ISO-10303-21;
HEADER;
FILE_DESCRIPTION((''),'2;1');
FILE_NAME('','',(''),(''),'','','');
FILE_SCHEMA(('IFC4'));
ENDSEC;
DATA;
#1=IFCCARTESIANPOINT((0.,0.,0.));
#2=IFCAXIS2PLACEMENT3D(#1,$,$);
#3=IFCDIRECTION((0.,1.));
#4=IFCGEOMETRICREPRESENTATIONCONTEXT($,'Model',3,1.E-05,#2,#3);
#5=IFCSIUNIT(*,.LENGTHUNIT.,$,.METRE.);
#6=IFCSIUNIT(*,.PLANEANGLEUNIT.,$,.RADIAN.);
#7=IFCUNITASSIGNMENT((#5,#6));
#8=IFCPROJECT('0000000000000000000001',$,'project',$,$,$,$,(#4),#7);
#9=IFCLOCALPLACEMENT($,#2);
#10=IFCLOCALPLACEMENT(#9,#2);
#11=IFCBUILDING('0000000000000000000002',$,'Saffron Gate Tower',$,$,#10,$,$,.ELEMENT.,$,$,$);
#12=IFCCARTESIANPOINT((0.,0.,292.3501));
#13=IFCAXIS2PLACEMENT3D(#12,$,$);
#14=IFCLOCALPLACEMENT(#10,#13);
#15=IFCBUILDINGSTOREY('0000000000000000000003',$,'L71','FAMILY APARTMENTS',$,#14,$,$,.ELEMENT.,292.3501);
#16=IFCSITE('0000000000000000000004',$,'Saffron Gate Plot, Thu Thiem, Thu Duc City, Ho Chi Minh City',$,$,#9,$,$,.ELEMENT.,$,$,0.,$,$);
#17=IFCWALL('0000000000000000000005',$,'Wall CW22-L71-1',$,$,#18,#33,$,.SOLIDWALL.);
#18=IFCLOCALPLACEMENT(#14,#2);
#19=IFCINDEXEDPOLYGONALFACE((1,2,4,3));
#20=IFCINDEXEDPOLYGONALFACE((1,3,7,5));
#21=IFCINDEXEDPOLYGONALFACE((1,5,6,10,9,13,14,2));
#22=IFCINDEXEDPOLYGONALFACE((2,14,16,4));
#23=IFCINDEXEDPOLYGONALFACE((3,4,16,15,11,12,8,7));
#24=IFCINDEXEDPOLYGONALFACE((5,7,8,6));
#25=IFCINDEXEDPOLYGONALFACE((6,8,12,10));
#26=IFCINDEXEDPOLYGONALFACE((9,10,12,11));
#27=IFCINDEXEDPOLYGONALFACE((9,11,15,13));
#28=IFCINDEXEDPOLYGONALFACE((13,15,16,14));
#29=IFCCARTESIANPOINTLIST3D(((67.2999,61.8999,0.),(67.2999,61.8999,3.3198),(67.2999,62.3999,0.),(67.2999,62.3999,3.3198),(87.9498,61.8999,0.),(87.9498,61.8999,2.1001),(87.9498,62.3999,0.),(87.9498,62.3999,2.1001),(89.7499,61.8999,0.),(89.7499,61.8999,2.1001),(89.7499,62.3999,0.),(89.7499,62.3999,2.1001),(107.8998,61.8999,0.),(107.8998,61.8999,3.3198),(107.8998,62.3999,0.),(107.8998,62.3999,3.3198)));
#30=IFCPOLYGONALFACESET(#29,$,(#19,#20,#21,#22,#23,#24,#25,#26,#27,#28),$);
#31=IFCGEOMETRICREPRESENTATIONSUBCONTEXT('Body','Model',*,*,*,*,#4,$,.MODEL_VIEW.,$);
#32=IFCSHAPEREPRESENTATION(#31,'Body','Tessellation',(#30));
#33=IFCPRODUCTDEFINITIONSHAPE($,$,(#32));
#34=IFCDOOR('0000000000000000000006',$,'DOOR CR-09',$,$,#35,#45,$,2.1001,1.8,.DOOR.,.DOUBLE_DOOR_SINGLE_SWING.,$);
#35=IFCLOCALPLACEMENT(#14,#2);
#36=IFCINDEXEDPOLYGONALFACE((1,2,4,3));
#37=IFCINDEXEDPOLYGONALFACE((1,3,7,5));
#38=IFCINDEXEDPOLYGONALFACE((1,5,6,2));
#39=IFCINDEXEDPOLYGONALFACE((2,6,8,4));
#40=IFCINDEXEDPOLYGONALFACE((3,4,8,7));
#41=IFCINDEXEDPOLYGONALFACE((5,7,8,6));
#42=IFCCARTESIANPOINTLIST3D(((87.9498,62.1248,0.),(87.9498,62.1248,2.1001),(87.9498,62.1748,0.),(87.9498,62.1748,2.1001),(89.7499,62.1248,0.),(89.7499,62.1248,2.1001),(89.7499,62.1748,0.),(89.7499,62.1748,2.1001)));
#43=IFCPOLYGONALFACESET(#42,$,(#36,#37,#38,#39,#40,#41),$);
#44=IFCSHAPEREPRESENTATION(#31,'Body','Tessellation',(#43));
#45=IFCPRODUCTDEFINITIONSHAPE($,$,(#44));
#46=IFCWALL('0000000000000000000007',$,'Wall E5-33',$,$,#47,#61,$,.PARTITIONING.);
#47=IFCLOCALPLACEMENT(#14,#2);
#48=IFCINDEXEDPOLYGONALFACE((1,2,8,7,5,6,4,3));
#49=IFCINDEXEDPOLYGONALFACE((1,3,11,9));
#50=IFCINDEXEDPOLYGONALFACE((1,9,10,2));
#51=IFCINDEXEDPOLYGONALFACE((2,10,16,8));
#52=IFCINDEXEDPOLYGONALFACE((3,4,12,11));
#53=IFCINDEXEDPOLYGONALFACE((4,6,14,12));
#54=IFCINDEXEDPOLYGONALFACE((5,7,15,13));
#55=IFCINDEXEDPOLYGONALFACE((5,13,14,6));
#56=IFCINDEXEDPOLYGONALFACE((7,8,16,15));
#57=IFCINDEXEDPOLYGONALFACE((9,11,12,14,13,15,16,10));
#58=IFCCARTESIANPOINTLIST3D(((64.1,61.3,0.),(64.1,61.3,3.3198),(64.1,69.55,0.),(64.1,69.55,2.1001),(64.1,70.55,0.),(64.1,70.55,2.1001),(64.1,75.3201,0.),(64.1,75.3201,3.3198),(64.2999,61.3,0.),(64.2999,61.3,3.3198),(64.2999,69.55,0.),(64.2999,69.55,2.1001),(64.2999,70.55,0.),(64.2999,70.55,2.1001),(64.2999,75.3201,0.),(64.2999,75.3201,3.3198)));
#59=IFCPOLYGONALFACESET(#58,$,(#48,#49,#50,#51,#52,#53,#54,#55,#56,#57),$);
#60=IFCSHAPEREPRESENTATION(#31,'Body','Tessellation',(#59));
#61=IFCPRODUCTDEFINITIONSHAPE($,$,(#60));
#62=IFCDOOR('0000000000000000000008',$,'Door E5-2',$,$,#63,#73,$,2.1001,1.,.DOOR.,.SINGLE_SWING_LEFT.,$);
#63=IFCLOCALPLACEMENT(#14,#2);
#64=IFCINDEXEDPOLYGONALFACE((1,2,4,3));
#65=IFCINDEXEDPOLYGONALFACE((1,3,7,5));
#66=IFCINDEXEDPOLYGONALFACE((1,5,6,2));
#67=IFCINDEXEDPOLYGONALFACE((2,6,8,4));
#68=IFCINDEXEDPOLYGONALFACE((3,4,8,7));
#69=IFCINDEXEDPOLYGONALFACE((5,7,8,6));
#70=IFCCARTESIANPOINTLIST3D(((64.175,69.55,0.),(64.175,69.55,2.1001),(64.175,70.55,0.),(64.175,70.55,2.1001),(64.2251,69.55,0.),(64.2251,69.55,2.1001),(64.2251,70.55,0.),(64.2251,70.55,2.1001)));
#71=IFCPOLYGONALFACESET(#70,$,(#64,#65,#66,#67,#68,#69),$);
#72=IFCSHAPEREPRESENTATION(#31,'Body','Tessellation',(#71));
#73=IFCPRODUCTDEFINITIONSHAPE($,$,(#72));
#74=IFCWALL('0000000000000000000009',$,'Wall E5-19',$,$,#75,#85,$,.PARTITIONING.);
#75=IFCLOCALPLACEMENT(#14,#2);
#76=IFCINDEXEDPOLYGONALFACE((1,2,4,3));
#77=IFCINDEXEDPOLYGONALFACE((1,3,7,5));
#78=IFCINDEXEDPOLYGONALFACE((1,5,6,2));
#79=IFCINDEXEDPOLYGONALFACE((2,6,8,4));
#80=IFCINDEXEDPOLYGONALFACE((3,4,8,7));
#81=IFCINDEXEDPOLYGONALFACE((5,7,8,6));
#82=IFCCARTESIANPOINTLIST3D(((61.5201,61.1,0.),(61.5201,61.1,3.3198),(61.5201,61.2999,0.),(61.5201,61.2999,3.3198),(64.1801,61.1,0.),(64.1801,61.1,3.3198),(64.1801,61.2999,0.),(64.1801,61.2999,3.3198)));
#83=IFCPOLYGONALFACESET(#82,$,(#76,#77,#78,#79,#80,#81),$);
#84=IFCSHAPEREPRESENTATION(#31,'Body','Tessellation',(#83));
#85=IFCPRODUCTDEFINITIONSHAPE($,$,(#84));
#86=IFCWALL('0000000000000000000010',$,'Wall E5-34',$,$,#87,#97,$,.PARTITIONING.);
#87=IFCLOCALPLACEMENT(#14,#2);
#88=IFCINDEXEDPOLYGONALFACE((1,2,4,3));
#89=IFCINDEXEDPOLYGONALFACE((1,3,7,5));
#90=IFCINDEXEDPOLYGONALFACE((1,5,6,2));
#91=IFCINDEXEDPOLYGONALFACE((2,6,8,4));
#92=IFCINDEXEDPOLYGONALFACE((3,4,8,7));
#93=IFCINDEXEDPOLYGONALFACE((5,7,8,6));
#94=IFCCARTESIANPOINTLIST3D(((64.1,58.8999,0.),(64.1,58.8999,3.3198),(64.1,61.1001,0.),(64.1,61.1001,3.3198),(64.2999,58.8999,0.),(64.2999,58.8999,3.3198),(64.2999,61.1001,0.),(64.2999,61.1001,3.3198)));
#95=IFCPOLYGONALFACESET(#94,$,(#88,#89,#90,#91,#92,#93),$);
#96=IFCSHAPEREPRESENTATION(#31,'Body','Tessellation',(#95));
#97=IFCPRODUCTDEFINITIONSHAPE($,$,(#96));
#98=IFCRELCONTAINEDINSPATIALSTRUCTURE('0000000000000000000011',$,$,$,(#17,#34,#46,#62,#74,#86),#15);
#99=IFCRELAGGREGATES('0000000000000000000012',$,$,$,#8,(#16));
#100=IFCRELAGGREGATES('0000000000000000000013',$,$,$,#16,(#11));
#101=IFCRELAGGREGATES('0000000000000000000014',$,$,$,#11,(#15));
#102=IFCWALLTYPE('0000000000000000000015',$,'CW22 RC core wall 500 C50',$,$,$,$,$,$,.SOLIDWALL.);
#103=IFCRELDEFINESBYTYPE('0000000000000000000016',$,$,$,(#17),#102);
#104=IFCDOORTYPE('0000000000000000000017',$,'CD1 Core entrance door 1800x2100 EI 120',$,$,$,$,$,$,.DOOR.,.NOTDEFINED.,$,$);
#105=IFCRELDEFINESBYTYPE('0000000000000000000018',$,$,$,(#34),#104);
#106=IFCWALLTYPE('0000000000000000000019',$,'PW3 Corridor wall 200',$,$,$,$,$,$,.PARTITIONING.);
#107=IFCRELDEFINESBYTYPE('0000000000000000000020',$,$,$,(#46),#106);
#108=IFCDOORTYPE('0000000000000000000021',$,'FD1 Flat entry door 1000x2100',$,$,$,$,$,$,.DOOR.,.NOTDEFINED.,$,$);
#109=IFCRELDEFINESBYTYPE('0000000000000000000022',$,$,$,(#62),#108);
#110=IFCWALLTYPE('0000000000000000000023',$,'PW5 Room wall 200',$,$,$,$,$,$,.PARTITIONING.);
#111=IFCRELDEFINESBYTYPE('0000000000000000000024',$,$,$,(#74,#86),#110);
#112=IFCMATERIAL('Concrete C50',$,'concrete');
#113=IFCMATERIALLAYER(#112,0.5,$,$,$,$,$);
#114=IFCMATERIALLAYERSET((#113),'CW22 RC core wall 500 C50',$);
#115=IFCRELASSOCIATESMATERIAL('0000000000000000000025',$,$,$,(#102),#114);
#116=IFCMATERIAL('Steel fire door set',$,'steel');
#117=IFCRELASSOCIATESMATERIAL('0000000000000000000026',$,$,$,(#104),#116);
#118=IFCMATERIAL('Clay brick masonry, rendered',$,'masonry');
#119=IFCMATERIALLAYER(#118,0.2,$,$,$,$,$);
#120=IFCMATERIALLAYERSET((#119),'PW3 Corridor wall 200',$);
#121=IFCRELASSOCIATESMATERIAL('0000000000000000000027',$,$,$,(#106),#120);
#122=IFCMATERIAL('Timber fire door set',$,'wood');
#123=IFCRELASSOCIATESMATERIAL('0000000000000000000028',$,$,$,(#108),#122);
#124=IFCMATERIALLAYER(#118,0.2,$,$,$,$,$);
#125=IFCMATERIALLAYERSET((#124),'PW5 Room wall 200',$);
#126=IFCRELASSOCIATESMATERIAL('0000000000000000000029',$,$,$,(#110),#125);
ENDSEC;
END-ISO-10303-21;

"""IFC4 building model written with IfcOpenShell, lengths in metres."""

from ifc_helpers import new_model, si_unit, direction, frame, frame_2d, origin, place, context, subcontext, project, spatial, rectangle, extrude, material, layer, layer_set, type_object, element, fill, save


model = new_model("IFC4")

# Units and contexts
model_context = context("Model", 3, precision=1e-05, world=origin(), true_north=direction((0.0, 1.0)))
body_context = subcontext(model_context, "Body", "Model", "MODEL_VIEW")
ifc_project = project(units=[si_unit("LENGTHUNIT", "METRE"), si_unit("PLANEANGLEUNIT", "RADIAN")], contexts=[model_context])

# Site, building, storey
site_placement = place(None, origin())
site = spatial("IfcSite", under=ifc_project, at=site_placement, Name="Saffron Gate Plot, Thu Thiem, Thu Duc City, Ho Chi Minh City", CompositionType="ELEMENT", RefElevation=0.0)
building_placement = place(site_placement, origin())
building = spatial("IfcBuilding", under=site, at=building_placement, Name="Saffron Gate Tower", CompositionType="ELEMENT")
storey_placement = place(building_placement, frame((0.0, 0.0, 292.3501)))
storey = spatial("IfcBuildingStorey", under=building, at=storey_placement, Name="L71", Description="FAMILY APARTMENTS", CompositionType="ELEMENT", Elevation=292.3501)

# Walls, openings, doors
ifc_material_1 = material(Name="Concrete C50", Category="concrete")
ifc_layer_1 = layer(ifc_material_1, 0.5)
ifc_layer_set_1 = layer_set([ifc_layer_1], Name="CW22 RC core wall 500 C50")
wall_type_1 = type_object("IfcWallType", Name="CW22 RC core wall 500 C50", PredefinedType="SOLIDWALL", material=ifc_layer_set_1)
wall_1_placement = place(storey_placement, frame((67.3, 62.1499, 0.0), z_axis=(0.0, 0.0, 1.0), x_axis=(1.0, 0.0, 0.0)))
wall_1 = element("IfcWall", 1, at=wall_1_placement, inside=storey, type_object=wall_type_1, Name="Wall CW22-L71-1", PredefinedType="SOLIDWALL", context=body_context, shape_type="SweptSolid", body=[
    extrude(rectangle(XDim=40.5999, YDim=0.5, at=frame_2d((20.2998, 0.0))), origin(), (0.0, 0.0, 1.0), 3.3198),
])
opening_1_placement = place(wall_1_placement, frame((20.6499, 0.0, 0.0)))
opening_1 = element("IfcOpeningElement", 2, at=opening_1_placement, cuts=wall_1, PredefinedType="OPENING", context=body_context, shape_type="SweptSolid", body=[
    extrude(rectangle(XDim=1.8, YDim=2.1001, at=frame_2d((0.8999, 1.05))), frame((0.0, 0.26, 0.0), z_axis=(0.0, -1.0, 0.0), x_axis=(1.0, 0.0, 0.0)), (0.0, 0.0, 1.0), 0.52),
])
ifc_material_2 = material(Name="Steel fire door set", Category="steel")
door_type_1 = type_object("IfcDoorType", Name="CD1 Core entrance door 1800x2100 EI 120", OperationType="NOTDEFINED", PredefinedType="DOOR", material=ifc_material_2)
door_1_placement = place(opening_1_placement, origin())
door_1 = element("IfcDoor", 3, at=door_1_placement, inside=storey, type_object=door_type_1, Name="DOOR CR-09", OperationType="DOUBLE_DOOR_SINGLE_SWING", OverallHeight=2.1001, OverallWidth=1.8, PredefinedType="DOOR", context=body_context, shape_type="SweptSolid", body=[
    extrude(rectangle(XDim=1.8, YDim=2.1001, at=frame_2d((0.8999, 1.05))), frame((0.0, 0.0249, 0.0), z_axis=(0.0, -1.0, 0.0), x_axis=(1.0, 0.0, 0.0)), (0.0, 0.0, 1.0), 0.05),
])
fill(opening_1, door_1)
ifc_material_3 = material(Name="Clay brick masonry, rendered", Category="masonry")
ifc_layer_2 = layer(ifc_material_3, 0.2)
ifc_layer_set_2 = layer_set([ifc_layer_2], Name="PW3 Corridor wall 200")
wall_type_2 = type_object("IfcWallType", Name="PW3 Corridor wall 200", PredefinedType="PARTITIONING", material=ifc_layer_set_2)
wall_2_placement = place(storey_placement, frame((64.2, 61.3, 0.0), z_axis=(0.0, 0.0, 1.0), x_axis=(0.0, 1.0, 0.0)))
wall_2 = element("IfcWall", 4, at=wall_2_placement, inside=storey, type_object=wall_type_2, Name="Wall E5-33", PredefinedType="PARTITIONING", context=body_context, shape_type="SweptSolid", body=[
    extrude(rectangle(XDim=14.02, YDim=0.2, at=frame_2d((7.01, 0.0))), origin(), (0.0, 0.0, 1.0), 3.3198),
])
opening_2_placement = place(wall_2_placement, frame((8.25, 0.0, 0.0)))
opening_2 = element("IfcOpeningElement", 5, at=opening_2_placement, cuts=wall_2, PredefinedType="OPENING", context=body_context, shape_type="SweptSolid", body=[
    extrude(rectangle(XDim=1.0, YDim=2.1001, at=frame_2d((0.5, 1.05))), frame((0.0, 0.1099, 0.0), z_axis=(0.0, -1.0, 0.0), x_axis=(1.0, 0.0, 0.0)), (0.0, 0.0, 1.0), 0.22),
])
ifc_material_4 = material(Name="Timber fire door set", Category="wood")
door_type_2 = type_object("IfcDoorType", Name="FD1 Flat entry door 1000x2100", OperationType="NOTDEFINED", PredefinedType="DOOR", material=ifc_material_4)
door_2_placement = place(opening_2_placement, origin())
door_2 = element("IfcDoor", 6, at=door_2_placement, inside=storey, type_object=door_type_2, Name="Door E5-2", OperationType="SINGLE_SWING_LEFT", OverallHeight=2.1001, OverallWidth=1.0, PredefinedType="DOOR", context=body_context, shape_type="SweptSolid", body=[
    extrude(rectangle(XDim=1.0, YDim=2.1001, at=frame_2d((0.5, 1.05))), frame((0.0, 0.0249, 0.0), z_axis=(0.0, -1.0, 0.0), x_axis=(1.0, 0.0, 0.0)), (0.0, 0.0, 1.0), 0.05),
])
fill(opening_2, door_2)

# Walls
ifc_layer_3 = layer(ifc_material_3, 0.2)
ifc_layer_set_3 = layer_set([ifc_layer_3], Name="PW5 Room wall 200")
wall_type_3 = type_object("IfcWallType", Name="PW5 Room wall 200", PredefinedType="PARTITIONING", material=ifc_layer_set_3)
wall_3_placement = place(storey_placement, frame((61.52, 61.2, 0.0), z_axis=(0.0, 0.0, 1.0), x_axis=(1.0, 0.0, 0.0)))
element("IfcWall", 7, at=wall_3_placement, inside=storey, type_object=wall_type_3, Name="Wall E5-19", PredefinedType="PARTITIONING", context=body_context, shape_type="SweptSolid", body=[
    extrude(rectangle(XDim=2.6599, YDim=0.2, at=frame_2d((1.3301, 0.0))), origin(), (0.0, 0.0, 1.0), 3.3198),
])
wall_4_placement = place(storey_placement, frame((64.2, 61.1001, 0.0), z_axis=(0.0, 0.0, 1.0), x_axis=(0.0, -1.0, 0.0)))
element("IfcWall", 8, at=wall_4_placement, inside=storey, type_object=wall_type_3, Name="Wall E5-34", PredefinedType="PARTITIONING", context=body_context, shape_type="SweptSolid", body=[
    extrude(rectangle(XDim=2.2002, YDim=0.2, at=frame_2d((1.1001, 0.0))), origin(), (0.0, 0.0, 1.0), 3.3198),
])

save(model, "model.ifc")
